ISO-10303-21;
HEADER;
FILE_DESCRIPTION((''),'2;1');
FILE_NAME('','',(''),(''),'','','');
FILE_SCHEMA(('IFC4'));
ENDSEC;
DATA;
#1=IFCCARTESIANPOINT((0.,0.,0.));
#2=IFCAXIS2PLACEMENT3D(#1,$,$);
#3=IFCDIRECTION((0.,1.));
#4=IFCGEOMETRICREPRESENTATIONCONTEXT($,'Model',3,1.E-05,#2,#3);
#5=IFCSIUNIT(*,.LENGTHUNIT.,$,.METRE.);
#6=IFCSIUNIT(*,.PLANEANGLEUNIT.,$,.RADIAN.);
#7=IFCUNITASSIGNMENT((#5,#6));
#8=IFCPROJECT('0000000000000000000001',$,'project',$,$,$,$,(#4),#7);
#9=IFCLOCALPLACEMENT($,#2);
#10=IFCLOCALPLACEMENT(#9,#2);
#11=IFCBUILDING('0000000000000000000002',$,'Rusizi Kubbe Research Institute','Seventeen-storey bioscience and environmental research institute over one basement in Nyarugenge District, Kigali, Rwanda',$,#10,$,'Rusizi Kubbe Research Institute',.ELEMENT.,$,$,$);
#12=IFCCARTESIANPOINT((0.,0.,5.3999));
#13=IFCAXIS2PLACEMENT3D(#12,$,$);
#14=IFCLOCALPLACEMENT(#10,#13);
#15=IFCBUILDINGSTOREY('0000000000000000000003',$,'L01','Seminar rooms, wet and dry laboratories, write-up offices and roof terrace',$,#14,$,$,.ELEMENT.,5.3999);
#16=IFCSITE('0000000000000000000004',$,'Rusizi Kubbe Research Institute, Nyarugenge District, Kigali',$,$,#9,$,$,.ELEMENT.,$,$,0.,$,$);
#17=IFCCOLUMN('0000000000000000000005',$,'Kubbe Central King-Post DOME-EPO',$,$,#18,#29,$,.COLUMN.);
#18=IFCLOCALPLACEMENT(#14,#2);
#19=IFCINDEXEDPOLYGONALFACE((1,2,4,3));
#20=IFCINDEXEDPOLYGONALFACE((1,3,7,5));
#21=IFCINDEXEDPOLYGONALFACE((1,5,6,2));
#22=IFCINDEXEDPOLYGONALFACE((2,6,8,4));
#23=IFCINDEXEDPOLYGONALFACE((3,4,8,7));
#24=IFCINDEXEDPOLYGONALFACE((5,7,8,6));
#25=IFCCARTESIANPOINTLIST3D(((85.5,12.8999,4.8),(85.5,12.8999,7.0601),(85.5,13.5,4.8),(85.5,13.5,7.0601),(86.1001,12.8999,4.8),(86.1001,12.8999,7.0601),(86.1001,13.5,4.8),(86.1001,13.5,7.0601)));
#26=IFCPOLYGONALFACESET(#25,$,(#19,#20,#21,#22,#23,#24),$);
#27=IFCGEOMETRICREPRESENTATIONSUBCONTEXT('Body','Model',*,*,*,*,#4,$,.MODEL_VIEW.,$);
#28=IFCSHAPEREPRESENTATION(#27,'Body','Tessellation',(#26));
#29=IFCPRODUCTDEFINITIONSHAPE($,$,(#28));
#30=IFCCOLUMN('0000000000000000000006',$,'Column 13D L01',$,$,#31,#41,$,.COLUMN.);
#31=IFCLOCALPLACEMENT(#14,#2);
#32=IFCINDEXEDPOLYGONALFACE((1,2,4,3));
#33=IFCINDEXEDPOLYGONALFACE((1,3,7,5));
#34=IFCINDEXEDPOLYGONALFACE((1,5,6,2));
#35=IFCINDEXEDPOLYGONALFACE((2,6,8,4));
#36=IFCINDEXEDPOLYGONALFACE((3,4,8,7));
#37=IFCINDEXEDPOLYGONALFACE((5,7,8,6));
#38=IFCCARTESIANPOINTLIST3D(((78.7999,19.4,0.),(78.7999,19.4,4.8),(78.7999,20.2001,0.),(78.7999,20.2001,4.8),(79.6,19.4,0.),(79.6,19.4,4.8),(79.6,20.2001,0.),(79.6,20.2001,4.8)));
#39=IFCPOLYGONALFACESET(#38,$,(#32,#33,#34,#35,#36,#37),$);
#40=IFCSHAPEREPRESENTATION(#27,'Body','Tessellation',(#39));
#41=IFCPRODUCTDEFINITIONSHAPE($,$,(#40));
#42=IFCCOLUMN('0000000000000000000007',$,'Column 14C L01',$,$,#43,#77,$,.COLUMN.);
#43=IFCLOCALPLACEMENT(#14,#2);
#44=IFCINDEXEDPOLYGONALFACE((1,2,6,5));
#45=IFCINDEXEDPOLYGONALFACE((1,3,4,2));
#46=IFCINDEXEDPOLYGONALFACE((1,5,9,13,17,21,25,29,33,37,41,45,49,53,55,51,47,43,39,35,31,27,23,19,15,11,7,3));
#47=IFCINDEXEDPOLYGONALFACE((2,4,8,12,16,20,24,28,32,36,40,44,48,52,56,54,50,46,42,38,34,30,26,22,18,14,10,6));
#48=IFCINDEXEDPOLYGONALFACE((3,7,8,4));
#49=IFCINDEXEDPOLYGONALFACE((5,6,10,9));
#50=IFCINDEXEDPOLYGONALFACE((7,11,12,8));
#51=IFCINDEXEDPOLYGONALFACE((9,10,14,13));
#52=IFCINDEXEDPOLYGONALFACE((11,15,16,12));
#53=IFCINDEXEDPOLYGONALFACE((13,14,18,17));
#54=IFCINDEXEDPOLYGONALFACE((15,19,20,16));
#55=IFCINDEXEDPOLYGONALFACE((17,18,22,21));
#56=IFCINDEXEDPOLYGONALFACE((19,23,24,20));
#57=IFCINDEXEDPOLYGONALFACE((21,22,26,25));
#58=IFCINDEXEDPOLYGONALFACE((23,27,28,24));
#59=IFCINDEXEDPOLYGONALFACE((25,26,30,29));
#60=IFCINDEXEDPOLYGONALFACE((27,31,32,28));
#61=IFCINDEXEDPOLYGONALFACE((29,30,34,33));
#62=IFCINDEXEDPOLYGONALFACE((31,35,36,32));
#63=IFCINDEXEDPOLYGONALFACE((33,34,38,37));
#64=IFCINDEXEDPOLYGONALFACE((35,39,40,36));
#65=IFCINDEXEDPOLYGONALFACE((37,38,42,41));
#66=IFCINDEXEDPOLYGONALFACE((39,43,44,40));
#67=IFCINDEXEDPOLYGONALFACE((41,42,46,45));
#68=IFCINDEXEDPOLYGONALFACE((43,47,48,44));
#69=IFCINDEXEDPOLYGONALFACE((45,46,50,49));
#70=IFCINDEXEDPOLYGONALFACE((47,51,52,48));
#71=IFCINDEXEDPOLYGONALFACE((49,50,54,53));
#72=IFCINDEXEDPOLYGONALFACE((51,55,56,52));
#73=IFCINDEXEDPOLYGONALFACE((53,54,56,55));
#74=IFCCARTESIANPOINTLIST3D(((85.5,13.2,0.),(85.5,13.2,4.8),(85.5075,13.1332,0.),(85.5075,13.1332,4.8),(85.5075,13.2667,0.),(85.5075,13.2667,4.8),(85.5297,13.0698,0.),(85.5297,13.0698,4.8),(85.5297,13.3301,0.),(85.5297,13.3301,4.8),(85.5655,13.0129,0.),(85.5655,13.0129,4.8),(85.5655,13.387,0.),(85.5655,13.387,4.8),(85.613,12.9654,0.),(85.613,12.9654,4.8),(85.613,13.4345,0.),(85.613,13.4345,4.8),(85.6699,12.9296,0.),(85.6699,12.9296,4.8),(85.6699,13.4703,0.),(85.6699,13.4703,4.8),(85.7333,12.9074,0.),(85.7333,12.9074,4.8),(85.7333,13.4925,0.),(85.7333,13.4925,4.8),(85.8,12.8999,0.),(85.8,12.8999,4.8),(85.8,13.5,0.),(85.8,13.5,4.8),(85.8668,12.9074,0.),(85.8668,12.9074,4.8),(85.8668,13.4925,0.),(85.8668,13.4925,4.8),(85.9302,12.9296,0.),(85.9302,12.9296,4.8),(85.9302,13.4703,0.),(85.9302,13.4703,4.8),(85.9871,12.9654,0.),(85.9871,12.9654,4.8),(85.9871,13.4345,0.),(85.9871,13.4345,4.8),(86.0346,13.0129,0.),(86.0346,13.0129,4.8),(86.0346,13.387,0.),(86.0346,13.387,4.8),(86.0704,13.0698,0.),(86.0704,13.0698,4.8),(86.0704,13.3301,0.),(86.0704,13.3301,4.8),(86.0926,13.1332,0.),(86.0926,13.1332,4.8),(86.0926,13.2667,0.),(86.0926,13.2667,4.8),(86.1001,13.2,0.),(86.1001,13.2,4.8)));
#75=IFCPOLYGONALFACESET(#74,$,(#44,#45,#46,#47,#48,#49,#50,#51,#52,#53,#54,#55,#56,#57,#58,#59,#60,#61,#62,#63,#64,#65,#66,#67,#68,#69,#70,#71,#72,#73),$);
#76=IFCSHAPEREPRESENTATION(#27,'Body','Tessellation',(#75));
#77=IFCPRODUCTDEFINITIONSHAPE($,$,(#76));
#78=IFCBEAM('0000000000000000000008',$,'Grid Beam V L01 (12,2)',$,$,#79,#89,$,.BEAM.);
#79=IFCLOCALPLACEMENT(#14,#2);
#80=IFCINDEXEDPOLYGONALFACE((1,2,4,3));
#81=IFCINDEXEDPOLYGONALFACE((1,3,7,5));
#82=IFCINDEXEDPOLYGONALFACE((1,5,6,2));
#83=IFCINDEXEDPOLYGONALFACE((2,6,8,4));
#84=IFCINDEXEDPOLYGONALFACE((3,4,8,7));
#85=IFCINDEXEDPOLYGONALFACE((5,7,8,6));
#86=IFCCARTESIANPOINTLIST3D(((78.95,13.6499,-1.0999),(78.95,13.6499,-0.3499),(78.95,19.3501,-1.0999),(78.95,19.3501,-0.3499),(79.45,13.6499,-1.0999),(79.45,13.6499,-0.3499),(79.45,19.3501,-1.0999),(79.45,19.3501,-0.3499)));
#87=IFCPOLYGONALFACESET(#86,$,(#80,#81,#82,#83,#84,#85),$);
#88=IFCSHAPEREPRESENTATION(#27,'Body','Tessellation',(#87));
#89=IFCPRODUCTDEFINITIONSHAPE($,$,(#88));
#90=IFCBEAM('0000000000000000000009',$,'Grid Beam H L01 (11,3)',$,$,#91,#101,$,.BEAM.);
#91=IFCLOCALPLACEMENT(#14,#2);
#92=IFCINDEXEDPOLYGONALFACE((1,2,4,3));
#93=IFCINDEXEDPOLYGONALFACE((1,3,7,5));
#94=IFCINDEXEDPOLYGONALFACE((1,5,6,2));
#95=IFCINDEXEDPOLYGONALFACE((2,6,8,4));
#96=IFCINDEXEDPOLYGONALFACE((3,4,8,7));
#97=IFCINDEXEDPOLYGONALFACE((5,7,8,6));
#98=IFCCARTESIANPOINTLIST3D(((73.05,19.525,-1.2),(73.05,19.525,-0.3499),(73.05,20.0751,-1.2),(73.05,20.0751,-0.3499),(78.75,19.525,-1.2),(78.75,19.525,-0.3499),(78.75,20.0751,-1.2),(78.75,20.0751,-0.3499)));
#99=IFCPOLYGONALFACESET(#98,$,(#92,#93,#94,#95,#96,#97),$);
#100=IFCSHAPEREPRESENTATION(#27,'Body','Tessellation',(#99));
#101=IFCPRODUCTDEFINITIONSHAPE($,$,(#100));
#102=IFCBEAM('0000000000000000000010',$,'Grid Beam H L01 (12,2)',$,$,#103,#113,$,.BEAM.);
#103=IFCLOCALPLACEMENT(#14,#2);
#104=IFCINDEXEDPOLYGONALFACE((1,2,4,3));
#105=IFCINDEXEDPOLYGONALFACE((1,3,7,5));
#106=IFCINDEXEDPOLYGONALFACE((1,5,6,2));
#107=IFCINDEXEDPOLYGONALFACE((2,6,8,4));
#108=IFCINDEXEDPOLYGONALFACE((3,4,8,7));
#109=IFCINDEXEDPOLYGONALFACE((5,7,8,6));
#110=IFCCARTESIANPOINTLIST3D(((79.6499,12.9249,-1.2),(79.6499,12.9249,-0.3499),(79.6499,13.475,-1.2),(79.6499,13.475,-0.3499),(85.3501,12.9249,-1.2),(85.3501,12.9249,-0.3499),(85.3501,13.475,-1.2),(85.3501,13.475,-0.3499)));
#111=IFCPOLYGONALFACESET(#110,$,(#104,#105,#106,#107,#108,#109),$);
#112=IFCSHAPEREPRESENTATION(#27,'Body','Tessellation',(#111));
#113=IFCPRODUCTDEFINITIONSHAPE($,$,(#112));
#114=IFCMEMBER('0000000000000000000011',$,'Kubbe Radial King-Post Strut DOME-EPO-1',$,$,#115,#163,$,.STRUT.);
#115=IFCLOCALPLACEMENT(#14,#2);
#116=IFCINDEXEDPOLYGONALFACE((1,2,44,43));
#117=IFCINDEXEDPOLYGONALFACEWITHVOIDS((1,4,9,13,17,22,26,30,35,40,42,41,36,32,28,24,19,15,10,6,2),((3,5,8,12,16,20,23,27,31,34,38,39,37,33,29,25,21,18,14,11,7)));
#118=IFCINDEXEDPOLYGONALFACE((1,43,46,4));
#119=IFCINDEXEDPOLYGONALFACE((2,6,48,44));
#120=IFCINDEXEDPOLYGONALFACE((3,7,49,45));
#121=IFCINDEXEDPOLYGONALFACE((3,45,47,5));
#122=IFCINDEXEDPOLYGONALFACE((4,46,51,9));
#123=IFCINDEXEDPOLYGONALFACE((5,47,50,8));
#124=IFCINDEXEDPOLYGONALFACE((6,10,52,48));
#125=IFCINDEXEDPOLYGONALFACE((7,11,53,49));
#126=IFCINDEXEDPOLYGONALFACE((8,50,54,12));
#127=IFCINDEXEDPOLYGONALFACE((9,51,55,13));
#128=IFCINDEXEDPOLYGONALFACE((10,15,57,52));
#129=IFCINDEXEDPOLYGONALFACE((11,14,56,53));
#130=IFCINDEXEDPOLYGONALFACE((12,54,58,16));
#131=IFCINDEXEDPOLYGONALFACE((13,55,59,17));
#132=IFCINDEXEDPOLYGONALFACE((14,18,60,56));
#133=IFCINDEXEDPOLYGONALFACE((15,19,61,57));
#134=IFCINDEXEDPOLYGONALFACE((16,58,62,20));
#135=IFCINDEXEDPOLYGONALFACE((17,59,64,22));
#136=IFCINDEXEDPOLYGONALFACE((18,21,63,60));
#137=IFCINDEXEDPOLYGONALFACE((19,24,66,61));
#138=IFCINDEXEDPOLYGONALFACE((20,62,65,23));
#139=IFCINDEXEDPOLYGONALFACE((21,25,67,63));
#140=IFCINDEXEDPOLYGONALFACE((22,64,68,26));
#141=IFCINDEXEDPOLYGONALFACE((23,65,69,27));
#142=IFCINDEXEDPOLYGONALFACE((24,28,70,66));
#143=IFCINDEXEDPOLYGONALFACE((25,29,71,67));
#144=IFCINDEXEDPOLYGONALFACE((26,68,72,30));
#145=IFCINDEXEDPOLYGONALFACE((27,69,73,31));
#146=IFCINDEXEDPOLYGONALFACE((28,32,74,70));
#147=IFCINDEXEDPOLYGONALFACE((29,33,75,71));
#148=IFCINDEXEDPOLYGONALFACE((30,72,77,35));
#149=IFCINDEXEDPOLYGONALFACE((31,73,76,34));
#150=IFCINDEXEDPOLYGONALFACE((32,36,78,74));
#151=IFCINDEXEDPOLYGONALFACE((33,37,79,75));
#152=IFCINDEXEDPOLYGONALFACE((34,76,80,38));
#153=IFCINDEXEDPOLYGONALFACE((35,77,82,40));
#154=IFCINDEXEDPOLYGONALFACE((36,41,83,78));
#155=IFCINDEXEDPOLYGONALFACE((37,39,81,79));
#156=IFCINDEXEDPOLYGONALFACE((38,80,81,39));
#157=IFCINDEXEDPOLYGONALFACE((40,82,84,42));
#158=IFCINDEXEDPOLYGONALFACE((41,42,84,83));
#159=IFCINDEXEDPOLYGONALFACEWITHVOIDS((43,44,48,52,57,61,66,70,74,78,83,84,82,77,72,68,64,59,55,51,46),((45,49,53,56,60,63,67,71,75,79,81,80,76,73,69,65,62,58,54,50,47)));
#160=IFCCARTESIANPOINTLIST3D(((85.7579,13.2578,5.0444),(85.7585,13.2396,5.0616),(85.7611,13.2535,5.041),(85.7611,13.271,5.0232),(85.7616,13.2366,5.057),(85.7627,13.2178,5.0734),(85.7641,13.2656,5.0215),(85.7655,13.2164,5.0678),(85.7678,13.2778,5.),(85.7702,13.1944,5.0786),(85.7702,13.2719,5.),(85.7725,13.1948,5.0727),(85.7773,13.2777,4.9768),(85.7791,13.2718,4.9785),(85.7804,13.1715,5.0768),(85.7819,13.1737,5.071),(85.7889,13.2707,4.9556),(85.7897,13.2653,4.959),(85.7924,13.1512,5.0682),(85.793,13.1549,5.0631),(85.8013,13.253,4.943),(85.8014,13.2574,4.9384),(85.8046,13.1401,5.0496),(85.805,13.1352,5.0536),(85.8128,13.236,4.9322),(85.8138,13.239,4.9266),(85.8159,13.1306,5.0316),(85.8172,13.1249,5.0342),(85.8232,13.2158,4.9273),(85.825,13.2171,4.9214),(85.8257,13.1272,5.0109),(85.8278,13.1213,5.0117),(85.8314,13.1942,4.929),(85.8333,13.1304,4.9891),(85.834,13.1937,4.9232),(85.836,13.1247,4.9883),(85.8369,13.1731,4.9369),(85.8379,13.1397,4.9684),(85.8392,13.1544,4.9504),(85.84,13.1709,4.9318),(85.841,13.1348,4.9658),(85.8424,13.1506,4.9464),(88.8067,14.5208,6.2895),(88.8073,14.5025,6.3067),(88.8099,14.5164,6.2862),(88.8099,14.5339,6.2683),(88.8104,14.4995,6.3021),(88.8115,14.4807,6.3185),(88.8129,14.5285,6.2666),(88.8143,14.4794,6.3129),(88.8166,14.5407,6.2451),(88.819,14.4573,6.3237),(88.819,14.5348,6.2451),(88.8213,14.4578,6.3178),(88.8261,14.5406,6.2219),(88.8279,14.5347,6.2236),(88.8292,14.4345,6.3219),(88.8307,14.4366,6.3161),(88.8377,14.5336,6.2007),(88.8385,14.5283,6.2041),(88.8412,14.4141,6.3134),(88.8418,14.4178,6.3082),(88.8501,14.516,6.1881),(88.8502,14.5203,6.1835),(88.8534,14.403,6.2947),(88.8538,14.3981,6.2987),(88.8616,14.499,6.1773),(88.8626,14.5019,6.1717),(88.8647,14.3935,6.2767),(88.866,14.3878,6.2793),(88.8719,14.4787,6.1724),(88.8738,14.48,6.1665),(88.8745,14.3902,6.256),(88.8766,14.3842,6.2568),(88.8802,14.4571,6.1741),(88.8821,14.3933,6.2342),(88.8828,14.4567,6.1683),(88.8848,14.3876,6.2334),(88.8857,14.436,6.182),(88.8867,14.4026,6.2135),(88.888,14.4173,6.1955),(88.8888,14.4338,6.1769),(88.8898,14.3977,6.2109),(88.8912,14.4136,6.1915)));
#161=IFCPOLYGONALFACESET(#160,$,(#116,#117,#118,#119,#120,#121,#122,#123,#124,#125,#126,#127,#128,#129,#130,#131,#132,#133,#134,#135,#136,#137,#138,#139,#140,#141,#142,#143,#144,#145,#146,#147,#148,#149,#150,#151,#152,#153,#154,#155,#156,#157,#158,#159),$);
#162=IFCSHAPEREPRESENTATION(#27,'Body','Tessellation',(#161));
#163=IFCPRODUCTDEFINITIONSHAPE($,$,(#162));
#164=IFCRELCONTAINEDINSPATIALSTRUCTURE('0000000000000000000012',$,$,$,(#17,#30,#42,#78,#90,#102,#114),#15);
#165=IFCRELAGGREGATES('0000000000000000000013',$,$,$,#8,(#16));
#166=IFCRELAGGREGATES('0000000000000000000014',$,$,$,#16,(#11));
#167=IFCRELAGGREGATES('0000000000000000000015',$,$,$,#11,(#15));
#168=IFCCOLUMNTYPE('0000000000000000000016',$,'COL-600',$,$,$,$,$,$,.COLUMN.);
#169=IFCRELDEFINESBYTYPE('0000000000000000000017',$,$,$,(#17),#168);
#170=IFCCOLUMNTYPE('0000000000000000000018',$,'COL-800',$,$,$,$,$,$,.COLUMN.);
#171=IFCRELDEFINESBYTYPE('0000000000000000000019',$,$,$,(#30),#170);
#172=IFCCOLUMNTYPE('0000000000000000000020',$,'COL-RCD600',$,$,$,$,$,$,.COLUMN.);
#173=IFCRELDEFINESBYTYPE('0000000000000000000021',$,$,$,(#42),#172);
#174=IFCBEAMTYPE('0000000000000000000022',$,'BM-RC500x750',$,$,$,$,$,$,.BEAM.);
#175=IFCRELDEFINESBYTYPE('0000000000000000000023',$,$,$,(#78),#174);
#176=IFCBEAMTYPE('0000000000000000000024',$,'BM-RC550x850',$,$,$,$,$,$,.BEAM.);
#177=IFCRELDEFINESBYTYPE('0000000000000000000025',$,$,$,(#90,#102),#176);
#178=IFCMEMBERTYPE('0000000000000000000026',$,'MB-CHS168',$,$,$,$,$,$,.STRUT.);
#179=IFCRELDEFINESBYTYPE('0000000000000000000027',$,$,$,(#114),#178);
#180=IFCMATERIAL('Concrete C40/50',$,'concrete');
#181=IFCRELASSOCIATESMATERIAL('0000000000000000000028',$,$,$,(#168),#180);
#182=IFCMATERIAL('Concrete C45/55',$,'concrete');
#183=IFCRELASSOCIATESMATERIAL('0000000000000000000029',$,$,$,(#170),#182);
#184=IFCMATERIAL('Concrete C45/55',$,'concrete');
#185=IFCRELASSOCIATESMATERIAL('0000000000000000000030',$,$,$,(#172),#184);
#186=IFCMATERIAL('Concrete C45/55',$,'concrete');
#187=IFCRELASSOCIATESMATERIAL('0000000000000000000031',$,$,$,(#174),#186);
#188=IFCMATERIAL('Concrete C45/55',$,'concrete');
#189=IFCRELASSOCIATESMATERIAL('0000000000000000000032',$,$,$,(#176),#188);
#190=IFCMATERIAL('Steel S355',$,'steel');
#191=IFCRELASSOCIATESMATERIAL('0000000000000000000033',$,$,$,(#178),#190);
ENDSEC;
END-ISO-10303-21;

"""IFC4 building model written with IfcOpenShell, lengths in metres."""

from ifc_helpers import new_model, si_unit, direction, frame, origin, origin_2d, place, context, subcontext, project, spatial, rectangle, circle, hollow_circle, extrude, material, material_profile, profile_set, type_object, element, save


model = new_model("IFC4")

# Units and contexts
model_context = context("Model", 3, precision=1e-05, world=origin(), true_north=direction((0.0, 1.0)))
body_context = subcontext(model_context, "Body", "Model", "MODEL_VIEW")
ifc_project = project(units=[si_unit("LENGTHUNIT", "METRE"), si_unit("PLANEANGLEUNIT", "RADIAN")], contexts=[model_context])

# Site, building, storey
site_placement = place(None, origin())
site = spatial("IfcSite", under=ifc_project, at=site_placement, Name="Rusizi Kubbe Research Institute, Nyarugenge District, Kigali", CompositionType="ELEMENT", RefElevation=0.0)
building_placement = place(site_placement, origin())
building = spatial("IfcBuilding", under=site, at=building_placement, Name="Rusizi Kubbe Research Institute", Description="Seventeen-storey bioscience and environmental research institute over one basement in Nyarugenge District, Kigali, Rwanda", LongName="Rusizi Kubbe Research Institute", CompositionType="ELEMENT")
storey_placement = place(building_placement, frame((0.0, 0.0, 5.3999)))
storey = spatial("IfcBuildingStorey", under=building, at=storey_placement, Name="L01", Description="Seminar rooms, wet and dry laboratories, write-up offices and roof terrace", CompositionType="ELEMENT", Elevation=5.3999)

# Columns
ifc_material_1 = material(Name="Concrete C40/50", Category="concrete")
ifc_material_profile_1 = material_profile(ifc_material_1, rectangle(XDim=0.6001, YDim=0.6001, at=origin_2d()), Name="RC600x600")
ifc_profile_set_1 = profile_set([ifc_material_profile_1], Name="Concrete C40/50")
column_type_1 = type_object("IfcColumnType", Name="COL-600", PredefinedType="COLUMN", material=ifc_profile_set_1)
column_1_placement = place(storey_placement, frame((85.8, 13.2, 4.8), z_axis=(0.0, 0.0, 1.0), x_axis=(1.0, 0.0, 0.0)))
element("IfcColumn", 1, at=column_1_placement, inside=storey, type_object=column_type_1, Name="Kubbe Central King-Post DOME-EPO", PredefinedType="COLUMN", context=body_context, shape_type="SweptSolid", body=[
    extrude(rectangle(XDim=0.6001, YDim=0.6001, at=origin_2d()), origin(), (0.0, 0.0, 1.0), 2.26),
])
ifc_material_2 = material(Name="Concrete C45/55", Category="concrete")
ifc_material_profile_2 = material_profile(ifc_material_2, rectangle(XDim=0.8, YDim=0.8, at=origin_2d()), Name="RC800x800")
ifc_profile_set_2 = profile_set([ifc_material_profile_2], Name="Concrete C45/55")
column_type_2 = type_object("IfcColumnType", Name="COL-800", PredefinedType="COLUMN", material=ifc_profile_set_2)
column_2_placement = place(storey_placement, frame((79.2, 19.8, 0.0), z_axis=(0.0, 0.0, 1.0), x_axis=(1.0, 0.0, 0.0)))
element("IfcColumn", 2, at=column_2_placement, inside=storey, type_object=column_type_2, Name="Column 13D L01", PredefinedType="COLUMN", context=body_context, shape_type="SweptSolid", body=[
    extrude(rectangle(XDim=0.8, YDim=0.8, at=origin_2d()), origin(), (0.0, 0.0, 1.0), 4.8),
])
ifc_material_3 = material(Name="Concrete C45/55", Category="concrete")
ifc_material_profile_3 = material_profile(ifc_material_3, circle(Radius=0.3, at=origin_2d()), Name="RCD600")
ifc_profile_set_3 = profile_set([ifc_material_profile_3], Name="Concrete C45/55")
column_type_3 = type_object("IfcColumnType", Name="COL-RCD600", PredefinedType="COLUMN", material=ifc_profile_set_3)
column_3_placement = place(storey_placement, frame((85.8, 13.2, 0.0), z_axis=(0.0, 0.0, 1.0), x_axis=(1.0, 0.0, 0.0)))
element("IfcColumn", 3, at=column_3_placement, inside=storey, type_object=column_type_3, Name="Column 14C L01", PredefinedType="COLUMN", context=body_context, shape_type="SweptSolid", body=[
    extrude(circle(Radius=0.3, at=origin_2d()), origin(), (0.0, 0.0, 1.0), 4.8),
])

# Beams
ifc_material_4 = material(Name="Concrete C45/55", Category="concrete")
ifc_material_profile_4 = material_profile(ifc_material_4, rectangle(XDim=0.5, YDim=0.75, at=origin_2d()), Name="RC500x750B")
ifc_profile_set_4 = profile_set([ifc_material_profile_4], Name="Concrete C45/55")
beam_type_1 = type_object("IfcBeamType", Name="BM-RC500x750", PredefinedType="BEAM", material=ifc_profile_set_4)
beam_1_placement = place(storey_placement, frame((79.2, 13.6499, -0.7249), z_axis=(0.0, 1.0, 0.0), x_axis=(-1.0, 0.0, 0.0)))
element("IfcBeam", 4, at=beam_1_placement, inside=storey, type_object=beam_type_1, Name="Grid Beam V L01 (12,2)", PredefinedType="BEAM", context=body_context, shape_type="SweptSolid", body=[
    extrude(rectangle(XDim=0.5, YDim=0.75, at=origin_2d()), origin(), (0.0, 0.0, 1.0), 5.7002),
])
ifc_material_5 = material(Name="Concrete C45/55", Category="concrete")
ifc_material_profile_5 = material_profile(ifc_material_5, rectangle(XDim=0.55, YDim=0.8501, at=origin_2d()), Name="RC550x850")
ifc_profile_set_5 = profile_set([ifc_material_profile_5], Name="Concrete C45/55")
beam_type_2 = type_object("IfcBeamType", Name="BM-RC550x850", PredefinedType="BEAM", material=ifc_profile_set_5)
beam_2_placement = place(storey_placement, frame((73.05, 19.8, -0.7749), z_axis=(1.0, 0.0, 0.0), x_axis=(0.0, 1.0, 0.0)))
element("IfcBeam", 5, at=beam_2_placement, inside=storey, type_object=beam_type_2, Name="Grid Beam H L01 (11,3)", PredefinedType="BEAM", context=body_context, shape_type="SweptSolid", body=[
    extrude(rectangle(XDim=0.55, YDim=0.8501, at=origin_2d()), origin(), (0.0, 0.0, 1.0), 5.7),
])
beam_3_placement = place(storey_placement, frame((79.6499, 13.2, -0.7749), z_axis=(1.0, 0.0, 0.0), x_axis=(0.0, 1.0, 0.0)))
element("IfcBeam", 6, at=beam_3_placement, inside=storey, type_object=beam_type_2, Name="Grid Beam H L01 (12,2)", PredefinedType="BEAM", context=body_context, shape_type="SweptSolid", body=[
    extrude(rectangle(XDim=0.55, YDim=0.8501, at=origin_2d()), origin(), (0.0, 0.0, 1.0), 5.7002),
])

# Member
ifc_material_6 = material(Name="Steel S355", Category="steel")
ifc_material_profile_6 = material_profile(ifc_material_6, hollow_circle(Radius=0.0842, WallThickness=0.0063, at=origin_2d()), Name="CHS 168.3x6.3")
ifc_profile_set_6 = profile_set([ifc_material_profile_6], Name="Steel S355")
member_type_1 = type_object("IfcMemberType", Name="MB-CHS168", PredefinedType="STRUT", material=ifc_profile_set_6)
for number, where, z_axis, x_axis, name in (
    (7, (85.8, 13.2, 5.0), (0.864392, 0.358064, 0.353011), (-0.382702, 0.923872, 0.0), "Kubbe Radial King-Post Strut DOME-EPO-1"),
):
    element("IfcMember", number, at=place(storey_placement, frame(where, z_axis=z_axis, x_axis=x_axis)), inside=storey, type_object=member_type_1, Name=name, PredefinedType="STRUT", context=body_context, shape_type="SweptSolid", body=[
        extrude(hollow_circle(Radius=0.0842, WallThickness=0.0063, at=origin_2d()), origin(), (0.0, 0.0, 1.0), 3.5271),
    ])

save(model, "model.ifc")
